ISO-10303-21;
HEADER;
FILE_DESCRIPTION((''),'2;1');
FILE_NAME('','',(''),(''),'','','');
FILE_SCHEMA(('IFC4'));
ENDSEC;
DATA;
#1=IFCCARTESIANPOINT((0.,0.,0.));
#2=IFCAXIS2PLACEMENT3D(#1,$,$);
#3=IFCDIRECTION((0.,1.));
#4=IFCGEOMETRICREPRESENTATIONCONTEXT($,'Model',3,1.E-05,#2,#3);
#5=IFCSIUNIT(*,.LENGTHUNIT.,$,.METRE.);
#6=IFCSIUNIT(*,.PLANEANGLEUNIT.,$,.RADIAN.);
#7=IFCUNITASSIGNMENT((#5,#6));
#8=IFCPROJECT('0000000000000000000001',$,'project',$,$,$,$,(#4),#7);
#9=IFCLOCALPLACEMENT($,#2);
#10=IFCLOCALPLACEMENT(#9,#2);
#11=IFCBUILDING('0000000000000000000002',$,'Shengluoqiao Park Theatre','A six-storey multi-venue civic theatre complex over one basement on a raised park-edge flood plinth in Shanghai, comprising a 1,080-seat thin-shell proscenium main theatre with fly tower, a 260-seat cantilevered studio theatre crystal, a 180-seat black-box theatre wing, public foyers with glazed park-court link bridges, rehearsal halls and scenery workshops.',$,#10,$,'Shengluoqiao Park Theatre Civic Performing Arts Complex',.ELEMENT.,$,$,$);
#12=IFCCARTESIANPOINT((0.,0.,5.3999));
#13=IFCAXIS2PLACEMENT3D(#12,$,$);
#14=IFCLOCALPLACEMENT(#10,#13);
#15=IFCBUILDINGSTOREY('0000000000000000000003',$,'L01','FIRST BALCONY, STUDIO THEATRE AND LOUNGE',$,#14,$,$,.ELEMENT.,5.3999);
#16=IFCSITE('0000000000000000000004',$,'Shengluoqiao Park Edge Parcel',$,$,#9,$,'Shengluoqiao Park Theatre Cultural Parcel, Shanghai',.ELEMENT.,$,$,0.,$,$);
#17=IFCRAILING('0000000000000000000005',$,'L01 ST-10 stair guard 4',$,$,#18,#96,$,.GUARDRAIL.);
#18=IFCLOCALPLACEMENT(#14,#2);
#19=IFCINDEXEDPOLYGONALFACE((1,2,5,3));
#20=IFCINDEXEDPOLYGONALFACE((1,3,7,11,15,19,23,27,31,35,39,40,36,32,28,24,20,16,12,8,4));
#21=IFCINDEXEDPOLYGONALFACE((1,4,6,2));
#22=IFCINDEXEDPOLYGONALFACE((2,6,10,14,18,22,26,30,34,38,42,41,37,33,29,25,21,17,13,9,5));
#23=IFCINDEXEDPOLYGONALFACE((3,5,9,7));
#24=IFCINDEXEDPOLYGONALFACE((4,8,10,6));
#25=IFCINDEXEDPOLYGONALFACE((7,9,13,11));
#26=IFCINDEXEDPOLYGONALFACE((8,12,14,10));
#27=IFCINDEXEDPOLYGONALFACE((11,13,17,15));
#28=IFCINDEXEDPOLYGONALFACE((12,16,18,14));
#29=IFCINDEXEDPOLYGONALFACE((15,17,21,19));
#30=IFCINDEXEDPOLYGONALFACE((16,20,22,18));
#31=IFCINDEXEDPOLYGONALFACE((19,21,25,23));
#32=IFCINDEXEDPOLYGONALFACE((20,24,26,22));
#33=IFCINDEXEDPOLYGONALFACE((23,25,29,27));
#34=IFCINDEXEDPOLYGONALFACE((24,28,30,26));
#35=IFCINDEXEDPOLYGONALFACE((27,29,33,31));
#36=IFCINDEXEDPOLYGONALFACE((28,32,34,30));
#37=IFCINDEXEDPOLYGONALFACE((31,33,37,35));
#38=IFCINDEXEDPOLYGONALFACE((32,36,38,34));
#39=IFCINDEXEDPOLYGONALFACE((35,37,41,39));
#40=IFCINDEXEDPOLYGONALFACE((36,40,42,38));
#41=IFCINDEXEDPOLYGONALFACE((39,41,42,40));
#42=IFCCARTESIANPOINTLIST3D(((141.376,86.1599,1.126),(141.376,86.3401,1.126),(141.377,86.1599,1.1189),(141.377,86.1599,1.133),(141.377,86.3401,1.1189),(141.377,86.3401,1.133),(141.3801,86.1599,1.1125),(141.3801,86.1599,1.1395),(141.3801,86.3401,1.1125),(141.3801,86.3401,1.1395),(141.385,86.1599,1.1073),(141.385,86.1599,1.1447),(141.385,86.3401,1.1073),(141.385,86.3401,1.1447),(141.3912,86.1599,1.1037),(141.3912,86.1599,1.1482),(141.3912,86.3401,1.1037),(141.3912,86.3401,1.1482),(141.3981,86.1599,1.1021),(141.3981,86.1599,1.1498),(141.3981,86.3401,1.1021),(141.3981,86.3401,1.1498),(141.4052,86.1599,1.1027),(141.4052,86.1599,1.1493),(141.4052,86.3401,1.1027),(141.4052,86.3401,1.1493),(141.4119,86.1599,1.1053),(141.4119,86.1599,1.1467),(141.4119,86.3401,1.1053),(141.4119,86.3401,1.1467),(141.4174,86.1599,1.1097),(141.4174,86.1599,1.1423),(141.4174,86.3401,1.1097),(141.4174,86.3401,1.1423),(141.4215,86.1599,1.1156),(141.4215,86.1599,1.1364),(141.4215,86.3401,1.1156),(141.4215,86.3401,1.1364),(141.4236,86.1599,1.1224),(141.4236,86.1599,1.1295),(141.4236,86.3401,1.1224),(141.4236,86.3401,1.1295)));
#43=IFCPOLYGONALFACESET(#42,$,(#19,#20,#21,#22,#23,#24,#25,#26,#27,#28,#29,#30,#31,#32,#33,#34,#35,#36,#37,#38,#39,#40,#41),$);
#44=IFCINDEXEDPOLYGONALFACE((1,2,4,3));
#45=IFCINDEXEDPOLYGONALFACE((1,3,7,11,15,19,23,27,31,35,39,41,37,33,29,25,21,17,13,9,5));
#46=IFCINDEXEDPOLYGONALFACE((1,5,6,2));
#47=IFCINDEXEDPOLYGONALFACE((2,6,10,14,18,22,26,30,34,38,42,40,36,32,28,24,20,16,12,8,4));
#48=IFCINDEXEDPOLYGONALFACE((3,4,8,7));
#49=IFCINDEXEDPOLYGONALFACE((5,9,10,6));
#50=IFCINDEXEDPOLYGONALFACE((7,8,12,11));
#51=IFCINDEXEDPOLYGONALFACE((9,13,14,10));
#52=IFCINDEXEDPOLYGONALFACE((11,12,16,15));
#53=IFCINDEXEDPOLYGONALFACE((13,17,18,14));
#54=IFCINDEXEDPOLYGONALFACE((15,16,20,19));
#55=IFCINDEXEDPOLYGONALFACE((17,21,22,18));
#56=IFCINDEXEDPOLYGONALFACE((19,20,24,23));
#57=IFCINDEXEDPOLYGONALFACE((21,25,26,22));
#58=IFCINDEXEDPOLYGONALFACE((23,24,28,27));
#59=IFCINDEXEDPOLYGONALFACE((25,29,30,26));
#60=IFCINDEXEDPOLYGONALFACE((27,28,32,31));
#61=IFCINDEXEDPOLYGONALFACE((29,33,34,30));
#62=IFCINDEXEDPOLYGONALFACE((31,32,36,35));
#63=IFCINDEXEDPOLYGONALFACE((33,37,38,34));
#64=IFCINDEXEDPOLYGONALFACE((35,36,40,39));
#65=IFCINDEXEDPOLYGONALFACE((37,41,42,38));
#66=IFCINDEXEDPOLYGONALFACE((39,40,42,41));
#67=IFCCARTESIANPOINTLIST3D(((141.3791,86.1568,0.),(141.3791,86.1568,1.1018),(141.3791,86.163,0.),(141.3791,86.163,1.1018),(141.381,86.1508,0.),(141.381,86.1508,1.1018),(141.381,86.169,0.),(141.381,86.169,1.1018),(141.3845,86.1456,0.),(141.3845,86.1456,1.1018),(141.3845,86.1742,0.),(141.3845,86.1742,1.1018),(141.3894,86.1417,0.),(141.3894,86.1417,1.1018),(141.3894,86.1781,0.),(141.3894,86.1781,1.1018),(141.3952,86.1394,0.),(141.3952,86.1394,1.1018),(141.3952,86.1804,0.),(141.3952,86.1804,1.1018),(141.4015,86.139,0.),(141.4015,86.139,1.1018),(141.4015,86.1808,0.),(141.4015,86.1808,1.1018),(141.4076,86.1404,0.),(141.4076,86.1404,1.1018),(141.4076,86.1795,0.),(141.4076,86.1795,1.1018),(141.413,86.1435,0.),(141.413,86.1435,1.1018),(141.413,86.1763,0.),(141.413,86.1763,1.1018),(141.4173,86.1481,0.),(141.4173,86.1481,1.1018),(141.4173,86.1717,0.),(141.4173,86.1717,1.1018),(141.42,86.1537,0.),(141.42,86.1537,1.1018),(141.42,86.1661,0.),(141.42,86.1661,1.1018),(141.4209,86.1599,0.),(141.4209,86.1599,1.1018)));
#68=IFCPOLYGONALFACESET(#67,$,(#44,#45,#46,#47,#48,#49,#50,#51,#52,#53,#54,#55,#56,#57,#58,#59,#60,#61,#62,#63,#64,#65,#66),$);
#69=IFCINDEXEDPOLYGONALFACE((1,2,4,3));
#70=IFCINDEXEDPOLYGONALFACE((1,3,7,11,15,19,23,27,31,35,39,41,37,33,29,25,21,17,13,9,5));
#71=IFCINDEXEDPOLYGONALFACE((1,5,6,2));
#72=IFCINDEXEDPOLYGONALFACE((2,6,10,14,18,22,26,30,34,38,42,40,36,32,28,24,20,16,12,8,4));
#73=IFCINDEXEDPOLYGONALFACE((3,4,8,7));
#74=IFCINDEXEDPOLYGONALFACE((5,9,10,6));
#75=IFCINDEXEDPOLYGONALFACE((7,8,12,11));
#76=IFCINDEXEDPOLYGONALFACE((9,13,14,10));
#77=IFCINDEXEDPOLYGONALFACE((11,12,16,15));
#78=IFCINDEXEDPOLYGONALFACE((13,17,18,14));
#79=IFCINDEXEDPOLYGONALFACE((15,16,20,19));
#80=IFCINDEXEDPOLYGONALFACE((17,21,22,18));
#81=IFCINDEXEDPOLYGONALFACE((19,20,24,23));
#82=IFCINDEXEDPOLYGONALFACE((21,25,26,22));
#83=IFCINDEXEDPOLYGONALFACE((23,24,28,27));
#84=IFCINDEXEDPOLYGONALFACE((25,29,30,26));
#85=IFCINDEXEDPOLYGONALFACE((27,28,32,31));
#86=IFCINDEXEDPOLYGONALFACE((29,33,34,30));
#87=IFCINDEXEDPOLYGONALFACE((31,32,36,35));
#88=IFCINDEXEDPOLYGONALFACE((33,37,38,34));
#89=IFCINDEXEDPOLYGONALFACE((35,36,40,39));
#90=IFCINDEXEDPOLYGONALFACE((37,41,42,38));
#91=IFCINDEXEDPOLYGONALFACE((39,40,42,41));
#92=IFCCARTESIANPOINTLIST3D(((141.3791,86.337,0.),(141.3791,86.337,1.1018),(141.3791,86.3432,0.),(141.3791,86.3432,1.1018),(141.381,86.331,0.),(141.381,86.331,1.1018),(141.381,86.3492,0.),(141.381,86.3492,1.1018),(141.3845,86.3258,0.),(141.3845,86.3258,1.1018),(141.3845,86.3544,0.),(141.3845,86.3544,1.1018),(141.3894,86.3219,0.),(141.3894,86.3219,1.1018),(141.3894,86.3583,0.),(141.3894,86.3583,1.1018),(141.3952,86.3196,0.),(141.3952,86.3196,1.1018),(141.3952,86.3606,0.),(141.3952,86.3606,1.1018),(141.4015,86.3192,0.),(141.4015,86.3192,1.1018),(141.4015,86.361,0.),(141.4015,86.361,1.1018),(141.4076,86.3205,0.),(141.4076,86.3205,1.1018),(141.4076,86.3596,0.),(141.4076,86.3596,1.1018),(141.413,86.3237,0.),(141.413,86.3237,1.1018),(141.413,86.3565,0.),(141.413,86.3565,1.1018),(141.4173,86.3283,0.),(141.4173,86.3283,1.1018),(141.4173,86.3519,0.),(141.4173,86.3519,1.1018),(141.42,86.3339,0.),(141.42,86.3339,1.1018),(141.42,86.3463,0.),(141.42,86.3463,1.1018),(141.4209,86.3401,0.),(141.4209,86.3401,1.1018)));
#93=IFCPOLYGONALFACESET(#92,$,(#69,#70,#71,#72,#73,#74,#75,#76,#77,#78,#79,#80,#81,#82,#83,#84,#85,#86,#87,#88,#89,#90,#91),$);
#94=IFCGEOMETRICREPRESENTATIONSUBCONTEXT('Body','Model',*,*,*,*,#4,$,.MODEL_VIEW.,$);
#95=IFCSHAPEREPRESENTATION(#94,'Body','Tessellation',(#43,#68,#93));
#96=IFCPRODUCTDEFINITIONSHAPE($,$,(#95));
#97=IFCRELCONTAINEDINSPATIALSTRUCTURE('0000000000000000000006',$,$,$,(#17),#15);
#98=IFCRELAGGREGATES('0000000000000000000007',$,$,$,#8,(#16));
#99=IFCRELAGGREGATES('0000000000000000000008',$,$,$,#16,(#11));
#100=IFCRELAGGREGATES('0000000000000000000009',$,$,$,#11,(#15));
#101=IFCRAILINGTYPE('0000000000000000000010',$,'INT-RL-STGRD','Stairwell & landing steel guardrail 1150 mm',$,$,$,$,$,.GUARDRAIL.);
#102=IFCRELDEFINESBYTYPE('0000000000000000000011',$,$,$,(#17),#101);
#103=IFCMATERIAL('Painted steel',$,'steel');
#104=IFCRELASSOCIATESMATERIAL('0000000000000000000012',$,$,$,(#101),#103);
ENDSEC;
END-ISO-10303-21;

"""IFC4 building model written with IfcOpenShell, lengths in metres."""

from ifc_helpers import new_model, si_unit, direction, frame, origin, origin_2d, place, context, subcontext, project, spatial, circle, extrude, material, type_object, element, save


model = new_model("IFC4")

# Units and contexts
model_context = context("Model", 3, precision=1e-05, world=origin(), true_north=direction((0.0, 1.0)))
body_context = subcontext(model_context, "Body", "Model", "MODEL_VIEW")
ifc_project = project(units=[si_unit("LENGTHUNIT", "METRE"), si_unit("PLANEANGLEUNIT", "RADIAN")], contexts=[model_context])

# Site, building, storey
site_placement = place(None, origin())
site = spatial("IfcSite", under=ifc_project, at=site_placement, Name="Shengluoqiao Park Edge Parcel", LongName="Shengluoqiao Park Theatre Cultural Parcel, Shanghai", CompositionType="ELEMENT", RefElevation=0.0)
building_placement = place(site_placement, origin())
building = spatial("IfcBuilding", under=site, at=building_placement, Name="Shengluoqiao Park Theatre", Description="A six-storey multi-venue civic theatre complex over one basement on a raised park-edge flood plinth in Shanghai, comprising a 1,080-seat thin-shell proscenium main theatre with fly tower, a 260-seat cantilevered studio theatre crystal, a 180-seat black-box theatre wing, public foyers with glazed park-court link bridges, rehearsal halls and scenery workshops.", LongName="Shengluoqiao Park Theatre Civic Performing Arts Complex", CompositionType="ELEMENT")
storey_placement = place(building_placement, frame((0.0, 0.0, 5.3999)))
storey = spatial("IfcBuildingStorey", under=building, at=storey_placement, Name="L01", Description="FIRST BALCONY, STUDIO THEATRE AND LOUNGE", CompositionType="ELEMENT", Elevation=5.3999)

# Railing
ifc_material_1 = material(Name="Painted steel", Category="steel")
railing_type_1 = type_object("IfcRailingType", Name="INT-RL-STGRD", Description="Stairwell & landing steel guardrail 1150 mm", PredefinedType="GUARDRAIL", material=ifc_material_1)
railing_1_placement = place(storey_placement, frame((141.3999, 86.1599, 0.0)))
element("IfcRailing", 1, at=railing_1_placement, inside=storey, type_object=railing_type_1, Name="L01 ST-10 stair guard 4", PredefinedType="GUARDRAIL", context=body_context, shape_type="SweptSolid", body=[
    extrude(circle(Radius=0.0239, at=origin_2d()), frame((0.0, 0.0, 1.126), z_axis=(0.0, 1.0, 0.0), x_axis=(-1.0, 0.0, 0.0)), (0.0, 0.0, 1.0), 0.1802),
    extrude(circle(Radius=0.021, at=origin_2d()), origin(), (0.0, 0.0, 1.0), 1.1018),
    extrude(circle(Radius=0.021, at=origin_2d()), frame((0.0, 0.1802, 0.0)), (0.0, 0.0, 1.0), 1.1018),
])

save(model, "model.ifc")
